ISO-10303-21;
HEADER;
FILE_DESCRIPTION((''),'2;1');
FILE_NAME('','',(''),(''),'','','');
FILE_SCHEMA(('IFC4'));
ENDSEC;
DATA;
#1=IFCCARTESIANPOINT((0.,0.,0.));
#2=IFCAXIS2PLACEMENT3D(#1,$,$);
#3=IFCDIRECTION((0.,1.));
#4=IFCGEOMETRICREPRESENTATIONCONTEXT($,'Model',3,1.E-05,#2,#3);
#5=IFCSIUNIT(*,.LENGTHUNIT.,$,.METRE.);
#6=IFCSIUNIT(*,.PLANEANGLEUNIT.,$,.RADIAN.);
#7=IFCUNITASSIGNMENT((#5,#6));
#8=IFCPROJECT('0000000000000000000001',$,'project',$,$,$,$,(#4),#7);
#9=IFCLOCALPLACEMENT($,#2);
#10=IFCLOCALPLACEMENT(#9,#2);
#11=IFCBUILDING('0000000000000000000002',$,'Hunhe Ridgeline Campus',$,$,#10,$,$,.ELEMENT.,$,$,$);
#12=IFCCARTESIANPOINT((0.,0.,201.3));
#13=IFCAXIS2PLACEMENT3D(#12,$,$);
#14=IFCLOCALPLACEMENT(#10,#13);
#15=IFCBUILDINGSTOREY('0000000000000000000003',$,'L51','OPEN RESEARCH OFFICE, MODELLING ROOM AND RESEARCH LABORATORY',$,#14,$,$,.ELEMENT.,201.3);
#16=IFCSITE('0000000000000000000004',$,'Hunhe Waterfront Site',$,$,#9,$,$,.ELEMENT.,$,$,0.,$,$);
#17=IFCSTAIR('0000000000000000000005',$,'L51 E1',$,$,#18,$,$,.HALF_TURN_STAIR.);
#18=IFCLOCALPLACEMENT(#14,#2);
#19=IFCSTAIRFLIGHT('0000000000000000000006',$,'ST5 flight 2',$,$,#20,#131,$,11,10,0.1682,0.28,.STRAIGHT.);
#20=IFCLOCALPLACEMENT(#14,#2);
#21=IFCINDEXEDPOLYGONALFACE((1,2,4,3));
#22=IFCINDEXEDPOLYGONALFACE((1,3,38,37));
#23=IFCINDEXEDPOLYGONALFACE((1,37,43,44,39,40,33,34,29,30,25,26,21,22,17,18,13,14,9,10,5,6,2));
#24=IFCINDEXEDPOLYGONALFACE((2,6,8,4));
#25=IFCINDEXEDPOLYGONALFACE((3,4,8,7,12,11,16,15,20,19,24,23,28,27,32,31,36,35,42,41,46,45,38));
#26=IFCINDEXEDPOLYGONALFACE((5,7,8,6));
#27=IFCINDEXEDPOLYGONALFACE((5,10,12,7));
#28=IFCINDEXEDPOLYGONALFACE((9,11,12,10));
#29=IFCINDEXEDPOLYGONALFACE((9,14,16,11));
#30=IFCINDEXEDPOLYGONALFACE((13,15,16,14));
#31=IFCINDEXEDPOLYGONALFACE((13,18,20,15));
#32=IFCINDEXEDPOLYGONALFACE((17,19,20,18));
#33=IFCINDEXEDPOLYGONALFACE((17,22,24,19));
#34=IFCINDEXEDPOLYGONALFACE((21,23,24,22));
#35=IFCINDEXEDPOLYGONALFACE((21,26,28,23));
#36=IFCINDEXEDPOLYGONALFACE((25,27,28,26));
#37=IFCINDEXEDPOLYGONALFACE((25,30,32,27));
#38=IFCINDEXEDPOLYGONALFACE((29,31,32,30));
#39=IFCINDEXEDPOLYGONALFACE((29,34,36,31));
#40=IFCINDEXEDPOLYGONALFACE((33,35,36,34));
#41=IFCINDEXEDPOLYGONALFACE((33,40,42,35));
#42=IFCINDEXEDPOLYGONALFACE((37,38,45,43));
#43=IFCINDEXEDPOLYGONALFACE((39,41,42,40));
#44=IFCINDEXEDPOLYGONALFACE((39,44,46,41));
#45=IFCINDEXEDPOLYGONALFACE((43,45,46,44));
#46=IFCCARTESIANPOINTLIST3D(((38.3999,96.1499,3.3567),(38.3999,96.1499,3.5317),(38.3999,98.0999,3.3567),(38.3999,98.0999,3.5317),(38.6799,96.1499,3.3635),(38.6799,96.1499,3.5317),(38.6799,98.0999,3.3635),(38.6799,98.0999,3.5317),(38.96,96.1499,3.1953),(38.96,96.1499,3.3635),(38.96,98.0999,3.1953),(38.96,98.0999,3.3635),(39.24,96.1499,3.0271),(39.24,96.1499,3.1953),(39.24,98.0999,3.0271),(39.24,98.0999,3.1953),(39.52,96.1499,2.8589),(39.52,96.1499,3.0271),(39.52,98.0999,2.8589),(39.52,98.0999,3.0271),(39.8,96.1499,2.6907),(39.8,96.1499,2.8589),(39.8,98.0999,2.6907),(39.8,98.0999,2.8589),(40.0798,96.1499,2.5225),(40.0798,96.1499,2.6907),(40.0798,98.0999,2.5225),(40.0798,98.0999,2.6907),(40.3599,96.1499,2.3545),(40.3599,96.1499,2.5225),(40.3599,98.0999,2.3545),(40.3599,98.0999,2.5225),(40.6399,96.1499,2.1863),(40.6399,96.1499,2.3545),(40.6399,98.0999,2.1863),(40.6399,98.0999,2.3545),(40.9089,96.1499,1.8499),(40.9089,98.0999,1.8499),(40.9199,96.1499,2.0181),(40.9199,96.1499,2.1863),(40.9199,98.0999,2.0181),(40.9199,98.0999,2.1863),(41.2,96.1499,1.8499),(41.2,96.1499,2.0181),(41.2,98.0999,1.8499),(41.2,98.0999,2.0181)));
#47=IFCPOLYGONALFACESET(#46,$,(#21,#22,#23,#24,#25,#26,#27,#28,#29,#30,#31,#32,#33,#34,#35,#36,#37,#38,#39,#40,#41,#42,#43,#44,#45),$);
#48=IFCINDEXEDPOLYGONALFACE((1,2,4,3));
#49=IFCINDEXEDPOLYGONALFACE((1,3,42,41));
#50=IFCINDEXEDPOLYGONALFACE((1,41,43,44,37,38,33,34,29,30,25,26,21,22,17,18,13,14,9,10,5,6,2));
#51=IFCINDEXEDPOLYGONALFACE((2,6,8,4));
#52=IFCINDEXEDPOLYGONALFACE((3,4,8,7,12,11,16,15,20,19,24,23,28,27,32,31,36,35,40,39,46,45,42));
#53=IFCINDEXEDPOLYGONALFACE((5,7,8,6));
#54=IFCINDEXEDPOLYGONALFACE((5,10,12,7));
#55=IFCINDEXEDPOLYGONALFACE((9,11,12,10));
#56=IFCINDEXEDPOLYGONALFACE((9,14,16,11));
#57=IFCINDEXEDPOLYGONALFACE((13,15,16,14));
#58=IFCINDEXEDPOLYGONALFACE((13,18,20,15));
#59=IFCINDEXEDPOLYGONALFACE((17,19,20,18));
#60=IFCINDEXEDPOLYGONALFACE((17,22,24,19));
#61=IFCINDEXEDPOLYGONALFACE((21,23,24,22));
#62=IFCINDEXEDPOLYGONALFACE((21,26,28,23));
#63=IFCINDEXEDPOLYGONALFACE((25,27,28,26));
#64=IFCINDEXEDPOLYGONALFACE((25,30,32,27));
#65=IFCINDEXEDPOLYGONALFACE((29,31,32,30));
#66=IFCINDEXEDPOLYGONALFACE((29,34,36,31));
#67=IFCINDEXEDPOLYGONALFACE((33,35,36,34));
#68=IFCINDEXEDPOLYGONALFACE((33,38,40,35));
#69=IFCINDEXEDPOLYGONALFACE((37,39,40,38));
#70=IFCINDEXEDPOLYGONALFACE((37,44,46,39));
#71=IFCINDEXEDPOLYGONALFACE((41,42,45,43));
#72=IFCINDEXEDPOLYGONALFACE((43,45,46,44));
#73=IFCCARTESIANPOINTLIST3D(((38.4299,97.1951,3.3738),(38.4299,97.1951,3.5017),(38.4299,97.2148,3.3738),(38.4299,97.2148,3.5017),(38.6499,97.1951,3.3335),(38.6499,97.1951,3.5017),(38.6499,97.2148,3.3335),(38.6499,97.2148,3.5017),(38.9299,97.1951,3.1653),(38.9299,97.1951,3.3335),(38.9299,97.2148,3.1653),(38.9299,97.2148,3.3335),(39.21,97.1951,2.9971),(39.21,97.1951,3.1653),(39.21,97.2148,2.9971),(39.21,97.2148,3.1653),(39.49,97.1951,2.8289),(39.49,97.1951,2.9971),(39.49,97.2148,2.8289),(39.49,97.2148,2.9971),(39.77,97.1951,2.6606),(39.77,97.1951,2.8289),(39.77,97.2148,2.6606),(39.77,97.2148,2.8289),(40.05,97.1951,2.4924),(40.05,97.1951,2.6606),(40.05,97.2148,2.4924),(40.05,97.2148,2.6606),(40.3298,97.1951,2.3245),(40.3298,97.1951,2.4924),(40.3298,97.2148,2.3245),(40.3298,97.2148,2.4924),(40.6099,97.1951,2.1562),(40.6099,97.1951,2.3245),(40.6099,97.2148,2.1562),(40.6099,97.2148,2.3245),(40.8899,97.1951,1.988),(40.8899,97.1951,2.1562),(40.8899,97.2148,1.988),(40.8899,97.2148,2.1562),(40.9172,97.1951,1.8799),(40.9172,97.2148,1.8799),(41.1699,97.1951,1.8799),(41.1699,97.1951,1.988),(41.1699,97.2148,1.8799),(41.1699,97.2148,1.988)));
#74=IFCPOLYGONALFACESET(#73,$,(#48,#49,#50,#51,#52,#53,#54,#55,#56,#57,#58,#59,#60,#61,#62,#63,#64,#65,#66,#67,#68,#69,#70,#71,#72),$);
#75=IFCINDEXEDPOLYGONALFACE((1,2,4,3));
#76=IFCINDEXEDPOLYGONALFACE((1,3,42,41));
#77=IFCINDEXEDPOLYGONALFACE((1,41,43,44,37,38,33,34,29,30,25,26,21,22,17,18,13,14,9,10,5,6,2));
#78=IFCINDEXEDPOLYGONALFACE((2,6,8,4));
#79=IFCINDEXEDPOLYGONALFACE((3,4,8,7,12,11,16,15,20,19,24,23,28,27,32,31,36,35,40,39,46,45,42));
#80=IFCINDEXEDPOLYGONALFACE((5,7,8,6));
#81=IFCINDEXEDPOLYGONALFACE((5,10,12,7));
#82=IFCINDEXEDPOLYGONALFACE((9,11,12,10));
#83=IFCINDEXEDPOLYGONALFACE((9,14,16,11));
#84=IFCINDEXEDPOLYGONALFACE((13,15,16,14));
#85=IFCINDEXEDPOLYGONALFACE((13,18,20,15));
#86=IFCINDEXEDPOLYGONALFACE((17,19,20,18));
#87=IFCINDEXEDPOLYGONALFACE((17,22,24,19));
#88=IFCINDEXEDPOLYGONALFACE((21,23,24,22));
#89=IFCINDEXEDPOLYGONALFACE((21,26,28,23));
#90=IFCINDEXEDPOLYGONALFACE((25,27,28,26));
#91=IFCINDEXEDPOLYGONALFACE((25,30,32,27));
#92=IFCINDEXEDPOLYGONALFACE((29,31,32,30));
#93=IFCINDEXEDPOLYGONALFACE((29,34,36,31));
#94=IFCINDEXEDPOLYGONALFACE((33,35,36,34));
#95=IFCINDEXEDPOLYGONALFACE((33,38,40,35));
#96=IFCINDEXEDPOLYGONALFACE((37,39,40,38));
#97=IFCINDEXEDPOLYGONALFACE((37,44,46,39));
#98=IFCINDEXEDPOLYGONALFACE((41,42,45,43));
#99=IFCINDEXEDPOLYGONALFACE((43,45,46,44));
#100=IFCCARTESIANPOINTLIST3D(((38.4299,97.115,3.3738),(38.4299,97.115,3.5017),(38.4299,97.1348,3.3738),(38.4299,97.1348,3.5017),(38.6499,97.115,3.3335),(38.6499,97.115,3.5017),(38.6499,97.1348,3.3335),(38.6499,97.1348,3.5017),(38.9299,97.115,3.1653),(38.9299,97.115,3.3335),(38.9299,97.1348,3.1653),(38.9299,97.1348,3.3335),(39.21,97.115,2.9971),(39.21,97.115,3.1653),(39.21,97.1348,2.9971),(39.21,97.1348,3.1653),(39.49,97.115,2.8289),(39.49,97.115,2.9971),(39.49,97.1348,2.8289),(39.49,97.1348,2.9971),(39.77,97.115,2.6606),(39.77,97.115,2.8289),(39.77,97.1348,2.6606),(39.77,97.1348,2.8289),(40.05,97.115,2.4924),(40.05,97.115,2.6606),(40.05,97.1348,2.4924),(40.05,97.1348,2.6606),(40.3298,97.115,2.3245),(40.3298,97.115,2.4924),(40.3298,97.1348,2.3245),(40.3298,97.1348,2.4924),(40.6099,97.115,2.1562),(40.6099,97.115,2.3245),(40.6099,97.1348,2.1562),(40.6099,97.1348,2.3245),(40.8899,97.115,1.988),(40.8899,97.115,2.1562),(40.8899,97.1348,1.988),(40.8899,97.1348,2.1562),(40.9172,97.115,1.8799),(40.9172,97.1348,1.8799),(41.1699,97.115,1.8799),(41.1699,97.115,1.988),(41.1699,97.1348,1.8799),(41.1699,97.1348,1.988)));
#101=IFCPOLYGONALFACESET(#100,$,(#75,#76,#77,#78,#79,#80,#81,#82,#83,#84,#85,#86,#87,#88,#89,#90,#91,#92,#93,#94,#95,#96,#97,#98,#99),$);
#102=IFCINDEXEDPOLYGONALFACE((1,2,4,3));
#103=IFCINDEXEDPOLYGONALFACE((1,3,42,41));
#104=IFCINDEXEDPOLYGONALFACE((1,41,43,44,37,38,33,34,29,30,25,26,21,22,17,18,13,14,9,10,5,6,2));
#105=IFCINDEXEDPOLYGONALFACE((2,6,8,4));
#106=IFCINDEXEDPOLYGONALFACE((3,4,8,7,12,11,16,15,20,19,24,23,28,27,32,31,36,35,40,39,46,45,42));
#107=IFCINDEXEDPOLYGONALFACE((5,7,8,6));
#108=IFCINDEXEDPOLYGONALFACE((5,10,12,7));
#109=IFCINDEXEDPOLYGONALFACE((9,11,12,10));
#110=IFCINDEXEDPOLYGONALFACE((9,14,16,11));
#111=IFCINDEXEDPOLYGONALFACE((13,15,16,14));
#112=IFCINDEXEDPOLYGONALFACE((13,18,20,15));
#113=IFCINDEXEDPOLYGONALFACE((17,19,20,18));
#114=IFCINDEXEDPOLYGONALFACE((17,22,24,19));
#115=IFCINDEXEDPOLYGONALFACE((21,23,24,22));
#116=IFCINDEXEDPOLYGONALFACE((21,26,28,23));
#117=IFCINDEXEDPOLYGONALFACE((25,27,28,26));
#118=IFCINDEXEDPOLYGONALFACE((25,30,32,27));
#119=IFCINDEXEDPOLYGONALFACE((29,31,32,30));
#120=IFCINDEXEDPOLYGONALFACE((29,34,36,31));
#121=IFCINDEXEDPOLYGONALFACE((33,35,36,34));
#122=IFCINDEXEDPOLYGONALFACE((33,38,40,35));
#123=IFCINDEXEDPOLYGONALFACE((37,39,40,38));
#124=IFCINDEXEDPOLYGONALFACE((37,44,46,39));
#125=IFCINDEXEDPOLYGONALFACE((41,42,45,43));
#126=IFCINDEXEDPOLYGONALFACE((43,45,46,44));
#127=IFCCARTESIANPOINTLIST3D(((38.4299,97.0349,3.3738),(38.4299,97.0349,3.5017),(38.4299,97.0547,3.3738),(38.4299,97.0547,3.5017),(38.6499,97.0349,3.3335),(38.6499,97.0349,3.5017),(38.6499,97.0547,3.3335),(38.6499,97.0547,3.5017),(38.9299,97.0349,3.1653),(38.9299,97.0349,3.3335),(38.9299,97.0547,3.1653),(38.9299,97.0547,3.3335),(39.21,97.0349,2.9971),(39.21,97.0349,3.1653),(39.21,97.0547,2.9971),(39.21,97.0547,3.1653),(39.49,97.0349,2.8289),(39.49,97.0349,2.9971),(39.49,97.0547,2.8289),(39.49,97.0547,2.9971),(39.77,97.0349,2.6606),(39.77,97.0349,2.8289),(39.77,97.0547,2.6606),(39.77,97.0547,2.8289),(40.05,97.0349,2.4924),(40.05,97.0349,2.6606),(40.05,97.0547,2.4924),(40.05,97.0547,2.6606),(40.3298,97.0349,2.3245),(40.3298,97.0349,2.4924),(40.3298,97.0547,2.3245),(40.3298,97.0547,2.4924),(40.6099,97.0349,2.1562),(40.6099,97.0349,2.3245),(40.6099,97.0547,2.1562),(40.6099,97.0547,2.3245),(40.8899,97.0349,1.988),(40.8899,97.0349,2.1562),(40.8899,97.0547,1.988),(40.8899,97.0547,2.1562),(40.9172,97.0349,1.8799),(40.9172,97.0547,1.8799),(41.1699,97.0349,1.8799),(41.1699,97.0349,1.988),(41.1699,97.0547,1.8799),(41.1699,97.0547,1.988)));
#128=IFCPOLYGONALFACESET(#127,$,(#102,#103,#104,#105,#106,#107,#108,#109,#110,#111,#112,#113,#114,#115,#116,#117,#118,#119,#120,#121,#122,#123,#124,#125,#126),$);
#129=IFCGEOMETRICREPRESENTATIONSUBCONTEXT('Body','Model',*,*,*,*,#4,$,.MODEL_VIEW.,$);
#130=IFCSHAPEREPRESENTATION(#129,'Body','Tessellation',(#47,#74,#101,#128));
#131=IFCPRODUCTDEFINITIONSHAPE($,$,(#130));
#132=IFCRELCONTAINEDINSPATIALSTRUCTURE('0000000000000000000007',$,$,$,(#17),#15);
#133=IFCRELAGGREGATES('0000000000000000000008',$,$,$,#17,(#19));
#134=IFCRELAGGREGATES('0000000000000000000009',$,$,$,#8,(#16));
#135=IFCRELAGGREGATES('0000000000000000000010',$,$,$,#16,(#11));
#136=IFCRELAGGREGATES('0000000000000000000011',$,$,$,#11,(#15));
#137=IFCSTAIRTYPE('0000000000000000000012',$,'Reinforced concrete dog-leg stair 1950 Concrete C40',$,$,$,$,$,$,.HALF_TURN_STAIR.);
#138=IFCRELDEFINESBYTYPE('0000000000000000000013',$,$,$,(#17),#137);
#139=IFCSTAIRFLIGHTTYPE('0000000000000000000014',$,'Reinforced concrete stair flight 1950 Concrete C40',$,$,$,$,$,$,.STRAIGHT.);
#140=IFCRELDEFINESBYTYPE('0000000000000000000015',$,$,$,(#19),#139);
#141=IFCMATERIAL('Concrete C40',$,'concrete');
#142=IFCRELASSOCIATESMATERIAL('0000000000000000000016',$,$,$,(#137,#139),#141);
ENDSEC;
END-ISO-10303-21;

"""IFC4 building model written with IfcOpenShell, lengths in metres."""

from ifc_helpers import new_model, si_unit, direction, frame, origin, place, context, subcontext, project, spatial, polyline, outline, extrude, material, type_object, element, aggregate, save


model = new_model("IFC4")

# Units and contexts
model_context = context("Model", 3, precision=1e-05, world=origin(), true_north=direction((0.0, 1.0)))
body_context = subcontext(model_context, "Body", "Model", "MODEL_VIEW")
ifc_project = project(units=[si_unit("LENGTHUNIT", "METRE"), si_unit("PLANEANGLEUNIT", "RADIAN")], contexts=[model_context])

# Site, building, storey
site_placement = place(None, origin())
site = spatial("IfcSite", under=ifc_project, at=site_placement, Name="Hunhe Waterfront Site", CompositionType="ELEMENT", RefElevation=0.0)
building_placement = place(site_placement, origin())
building = spatial("IfcBuilding", under=site, at=building_placement, Name="Hunhe Ridgeline Campus", CompositionType="ELEMENT")
storey_placement = place(building_placement, frame((0.0, 0.0, 201.3)))
storey = spatial("IfcBuildingStorey", under=building, at=storey_placement, Name="L51", Description="OPEN RESEARCH OFFICE, MODELLING ROOM AND RESEARCH LABORATORY", CompositionType="ELEMENT", Elevation=201.3)

# Stair, stair flight
ifc_material_1 = material(Name="Concrete C40", Category="concrete")
stair_type = type_object("IfcStairType", Name="Reinforced concrete dog-leg stair 1950 Concrete C40", PredefinedType="HALF_TURN_STAIR", material=ifc_material_1)
stair_placement = place(storey_placement, origin())
stair = element("IfcStair", 1, at=stair_placement, inside=storey, type_object=stair_type, Name="L51 E1", PredefinedType="HALF_TURN_STAIR")
stair_flight_type = type_object("IfcStairFlightType", Name="Reinforced concrete stair flight 1950 Concrete C40", PredefinedType="STRAIGHT", material=ifc_material_1)
stair_flight_1_placement = place(storey_placement, frame((41.2, 97.125, 1.8499), z_axis=(0.0, 0.0, 1.0), x_axis=(-1.0, 0.0, 0.0)))
stair_flight_1 = element("IfcStairFlight", 2, at=stair_flight_1_placement, type_object=stair_flight_type, Name="ST5 flight 2", NumberOfRisers=11, NumberOfTreads=10, PredefinedType="STRAIGHT", RiserHeight=0.1682, TreadLength=0.28, context=body_context, shape_type="SweptSolid", body=[
    extrude(outline(polyline([(0.0, 0.0), (0.0, 0.1682), (0.28, 0.1682), (0.28, 0.3364), (0.5601, 0.3364), (0.5601, 0.5046), (0.8401, 0.5046), (0.8401, 0.6726), (1.1201, 0.6726), (1.1201, 0.8408), (1.3999, 0.8408), (1.3999, 1.009), (1.6799, 1.009), (1.6799, 1.1772), (1.96, 1.1772), (1.96, 1.3455), (2.24, 1.3455), (2.24, 1.5137), (2.52, 1.5137), (2.52, 1.6819), (2.8, 1.6819), (2.8, 1.8501), (2.8, 1.5068), (0.291, 0.0), (0.0, 0.0)])), frame((0.0, 0.9751, 0.0), z_axis=(0.0, -1.0, 0.0), x_axis=(1.0, 0.0, 0.0)), (0.0, 0.0, 1.0), 1.95),
    extrude(outline(polyline([(0.03, 0.03), (0.03, 0.1382), (0.3101, 0.1382), (0.3101, 0.3064), (0.5901, 0.3064), (0.5901, 0.4746), (0.8701, 0.4746), (0.8701, 0.6426), (1.1499, 0.6426), (1.1499, 0.8108), (1.4299, 0.8108), (1.4299, 0.979), (1.71, 0.979), (1.71, 1.1472), (1.99, 1.1472), (1.99, 1.3154), (2.27, 1.3154), (2.27, 1.4836), (2.55, 1.4836), (2.55, 1.6519), (2.77, 1.6519), (2.77, 1.5239), (0.2827, 0.03), (0.03, 0.03)])), frame((0.0, -0.0701, 0.0), z_axis=(0.0, -1.0, 0.0), x_axis=(1.0, 0.0, 0.0)), (0.0, 0.0, 1.0), 0.0198),
    extrude(outline(polyline([(0.03, 0.03), (0.03, 0.1382), (0.3101, 0.1382), (0.3101, 0.3064), (0.5901, 0.3064), (0.5901, 0.4746), (0.8701, 0.4746), (0.8701, 0.6426), (1.1499, 0.6426), (1.1499, 0.8108), (1.4299, 0.8108), (1.4299, 0.979), (1.71, 0.979), (1.71, 1.1472), (1.99, 1.1472), (1.99, 1.3154), (2.27, 1.3154), (2.27, 1.4836), (2.55, 1.4836), (2.55, 1.6519), (2.77, 1.6519), (2.77, 1.5239), (0.2827, 0.03), (0.03, 0.03)])), frame((0.0, 0.01, 0.0), z_axis=(0.0, -1.0, 0.0), x_axis=(1.0, 0.0, 0.0)), (0.0, 0.0, 1.0), 0.0198),
    extrude(outline(polyline([(0.03, 0.03), (0.03, 0.1382), (0.3101, 0.1382), (0.3101, 0.3064), (0.5901, 0.3064), (0.5901, 0.4746), (0.8701, 0.4746), (0.8701, 0.6426), (1.1499, 0.6426), (1.1499, 0.8108), (1.4299, 0.8108), (1.4299, 0.979), (1.71, 0.979), (1.71, 1.1472), (1.99, 1.1472), (1.99, 1.3154), (2.27, 1.3154), (2.27, 1.4836), (2.55, 1.4836), (2.55, 1.6519), (2.77, 1.6519), (2.77, 1.5239), (0.2827, 0.03), (0.03, 0.03)])), frame((0.0, 0.0901, 0.0), z_axis=(0.0, -1.0, 0.0), x_axis=(1.0, 0.0, 0.0)), (0.0, 0.0, 1.0), 0.0198),
])
aggregate(stair, [stair_flight_1])

save(model, "model.ifc")
